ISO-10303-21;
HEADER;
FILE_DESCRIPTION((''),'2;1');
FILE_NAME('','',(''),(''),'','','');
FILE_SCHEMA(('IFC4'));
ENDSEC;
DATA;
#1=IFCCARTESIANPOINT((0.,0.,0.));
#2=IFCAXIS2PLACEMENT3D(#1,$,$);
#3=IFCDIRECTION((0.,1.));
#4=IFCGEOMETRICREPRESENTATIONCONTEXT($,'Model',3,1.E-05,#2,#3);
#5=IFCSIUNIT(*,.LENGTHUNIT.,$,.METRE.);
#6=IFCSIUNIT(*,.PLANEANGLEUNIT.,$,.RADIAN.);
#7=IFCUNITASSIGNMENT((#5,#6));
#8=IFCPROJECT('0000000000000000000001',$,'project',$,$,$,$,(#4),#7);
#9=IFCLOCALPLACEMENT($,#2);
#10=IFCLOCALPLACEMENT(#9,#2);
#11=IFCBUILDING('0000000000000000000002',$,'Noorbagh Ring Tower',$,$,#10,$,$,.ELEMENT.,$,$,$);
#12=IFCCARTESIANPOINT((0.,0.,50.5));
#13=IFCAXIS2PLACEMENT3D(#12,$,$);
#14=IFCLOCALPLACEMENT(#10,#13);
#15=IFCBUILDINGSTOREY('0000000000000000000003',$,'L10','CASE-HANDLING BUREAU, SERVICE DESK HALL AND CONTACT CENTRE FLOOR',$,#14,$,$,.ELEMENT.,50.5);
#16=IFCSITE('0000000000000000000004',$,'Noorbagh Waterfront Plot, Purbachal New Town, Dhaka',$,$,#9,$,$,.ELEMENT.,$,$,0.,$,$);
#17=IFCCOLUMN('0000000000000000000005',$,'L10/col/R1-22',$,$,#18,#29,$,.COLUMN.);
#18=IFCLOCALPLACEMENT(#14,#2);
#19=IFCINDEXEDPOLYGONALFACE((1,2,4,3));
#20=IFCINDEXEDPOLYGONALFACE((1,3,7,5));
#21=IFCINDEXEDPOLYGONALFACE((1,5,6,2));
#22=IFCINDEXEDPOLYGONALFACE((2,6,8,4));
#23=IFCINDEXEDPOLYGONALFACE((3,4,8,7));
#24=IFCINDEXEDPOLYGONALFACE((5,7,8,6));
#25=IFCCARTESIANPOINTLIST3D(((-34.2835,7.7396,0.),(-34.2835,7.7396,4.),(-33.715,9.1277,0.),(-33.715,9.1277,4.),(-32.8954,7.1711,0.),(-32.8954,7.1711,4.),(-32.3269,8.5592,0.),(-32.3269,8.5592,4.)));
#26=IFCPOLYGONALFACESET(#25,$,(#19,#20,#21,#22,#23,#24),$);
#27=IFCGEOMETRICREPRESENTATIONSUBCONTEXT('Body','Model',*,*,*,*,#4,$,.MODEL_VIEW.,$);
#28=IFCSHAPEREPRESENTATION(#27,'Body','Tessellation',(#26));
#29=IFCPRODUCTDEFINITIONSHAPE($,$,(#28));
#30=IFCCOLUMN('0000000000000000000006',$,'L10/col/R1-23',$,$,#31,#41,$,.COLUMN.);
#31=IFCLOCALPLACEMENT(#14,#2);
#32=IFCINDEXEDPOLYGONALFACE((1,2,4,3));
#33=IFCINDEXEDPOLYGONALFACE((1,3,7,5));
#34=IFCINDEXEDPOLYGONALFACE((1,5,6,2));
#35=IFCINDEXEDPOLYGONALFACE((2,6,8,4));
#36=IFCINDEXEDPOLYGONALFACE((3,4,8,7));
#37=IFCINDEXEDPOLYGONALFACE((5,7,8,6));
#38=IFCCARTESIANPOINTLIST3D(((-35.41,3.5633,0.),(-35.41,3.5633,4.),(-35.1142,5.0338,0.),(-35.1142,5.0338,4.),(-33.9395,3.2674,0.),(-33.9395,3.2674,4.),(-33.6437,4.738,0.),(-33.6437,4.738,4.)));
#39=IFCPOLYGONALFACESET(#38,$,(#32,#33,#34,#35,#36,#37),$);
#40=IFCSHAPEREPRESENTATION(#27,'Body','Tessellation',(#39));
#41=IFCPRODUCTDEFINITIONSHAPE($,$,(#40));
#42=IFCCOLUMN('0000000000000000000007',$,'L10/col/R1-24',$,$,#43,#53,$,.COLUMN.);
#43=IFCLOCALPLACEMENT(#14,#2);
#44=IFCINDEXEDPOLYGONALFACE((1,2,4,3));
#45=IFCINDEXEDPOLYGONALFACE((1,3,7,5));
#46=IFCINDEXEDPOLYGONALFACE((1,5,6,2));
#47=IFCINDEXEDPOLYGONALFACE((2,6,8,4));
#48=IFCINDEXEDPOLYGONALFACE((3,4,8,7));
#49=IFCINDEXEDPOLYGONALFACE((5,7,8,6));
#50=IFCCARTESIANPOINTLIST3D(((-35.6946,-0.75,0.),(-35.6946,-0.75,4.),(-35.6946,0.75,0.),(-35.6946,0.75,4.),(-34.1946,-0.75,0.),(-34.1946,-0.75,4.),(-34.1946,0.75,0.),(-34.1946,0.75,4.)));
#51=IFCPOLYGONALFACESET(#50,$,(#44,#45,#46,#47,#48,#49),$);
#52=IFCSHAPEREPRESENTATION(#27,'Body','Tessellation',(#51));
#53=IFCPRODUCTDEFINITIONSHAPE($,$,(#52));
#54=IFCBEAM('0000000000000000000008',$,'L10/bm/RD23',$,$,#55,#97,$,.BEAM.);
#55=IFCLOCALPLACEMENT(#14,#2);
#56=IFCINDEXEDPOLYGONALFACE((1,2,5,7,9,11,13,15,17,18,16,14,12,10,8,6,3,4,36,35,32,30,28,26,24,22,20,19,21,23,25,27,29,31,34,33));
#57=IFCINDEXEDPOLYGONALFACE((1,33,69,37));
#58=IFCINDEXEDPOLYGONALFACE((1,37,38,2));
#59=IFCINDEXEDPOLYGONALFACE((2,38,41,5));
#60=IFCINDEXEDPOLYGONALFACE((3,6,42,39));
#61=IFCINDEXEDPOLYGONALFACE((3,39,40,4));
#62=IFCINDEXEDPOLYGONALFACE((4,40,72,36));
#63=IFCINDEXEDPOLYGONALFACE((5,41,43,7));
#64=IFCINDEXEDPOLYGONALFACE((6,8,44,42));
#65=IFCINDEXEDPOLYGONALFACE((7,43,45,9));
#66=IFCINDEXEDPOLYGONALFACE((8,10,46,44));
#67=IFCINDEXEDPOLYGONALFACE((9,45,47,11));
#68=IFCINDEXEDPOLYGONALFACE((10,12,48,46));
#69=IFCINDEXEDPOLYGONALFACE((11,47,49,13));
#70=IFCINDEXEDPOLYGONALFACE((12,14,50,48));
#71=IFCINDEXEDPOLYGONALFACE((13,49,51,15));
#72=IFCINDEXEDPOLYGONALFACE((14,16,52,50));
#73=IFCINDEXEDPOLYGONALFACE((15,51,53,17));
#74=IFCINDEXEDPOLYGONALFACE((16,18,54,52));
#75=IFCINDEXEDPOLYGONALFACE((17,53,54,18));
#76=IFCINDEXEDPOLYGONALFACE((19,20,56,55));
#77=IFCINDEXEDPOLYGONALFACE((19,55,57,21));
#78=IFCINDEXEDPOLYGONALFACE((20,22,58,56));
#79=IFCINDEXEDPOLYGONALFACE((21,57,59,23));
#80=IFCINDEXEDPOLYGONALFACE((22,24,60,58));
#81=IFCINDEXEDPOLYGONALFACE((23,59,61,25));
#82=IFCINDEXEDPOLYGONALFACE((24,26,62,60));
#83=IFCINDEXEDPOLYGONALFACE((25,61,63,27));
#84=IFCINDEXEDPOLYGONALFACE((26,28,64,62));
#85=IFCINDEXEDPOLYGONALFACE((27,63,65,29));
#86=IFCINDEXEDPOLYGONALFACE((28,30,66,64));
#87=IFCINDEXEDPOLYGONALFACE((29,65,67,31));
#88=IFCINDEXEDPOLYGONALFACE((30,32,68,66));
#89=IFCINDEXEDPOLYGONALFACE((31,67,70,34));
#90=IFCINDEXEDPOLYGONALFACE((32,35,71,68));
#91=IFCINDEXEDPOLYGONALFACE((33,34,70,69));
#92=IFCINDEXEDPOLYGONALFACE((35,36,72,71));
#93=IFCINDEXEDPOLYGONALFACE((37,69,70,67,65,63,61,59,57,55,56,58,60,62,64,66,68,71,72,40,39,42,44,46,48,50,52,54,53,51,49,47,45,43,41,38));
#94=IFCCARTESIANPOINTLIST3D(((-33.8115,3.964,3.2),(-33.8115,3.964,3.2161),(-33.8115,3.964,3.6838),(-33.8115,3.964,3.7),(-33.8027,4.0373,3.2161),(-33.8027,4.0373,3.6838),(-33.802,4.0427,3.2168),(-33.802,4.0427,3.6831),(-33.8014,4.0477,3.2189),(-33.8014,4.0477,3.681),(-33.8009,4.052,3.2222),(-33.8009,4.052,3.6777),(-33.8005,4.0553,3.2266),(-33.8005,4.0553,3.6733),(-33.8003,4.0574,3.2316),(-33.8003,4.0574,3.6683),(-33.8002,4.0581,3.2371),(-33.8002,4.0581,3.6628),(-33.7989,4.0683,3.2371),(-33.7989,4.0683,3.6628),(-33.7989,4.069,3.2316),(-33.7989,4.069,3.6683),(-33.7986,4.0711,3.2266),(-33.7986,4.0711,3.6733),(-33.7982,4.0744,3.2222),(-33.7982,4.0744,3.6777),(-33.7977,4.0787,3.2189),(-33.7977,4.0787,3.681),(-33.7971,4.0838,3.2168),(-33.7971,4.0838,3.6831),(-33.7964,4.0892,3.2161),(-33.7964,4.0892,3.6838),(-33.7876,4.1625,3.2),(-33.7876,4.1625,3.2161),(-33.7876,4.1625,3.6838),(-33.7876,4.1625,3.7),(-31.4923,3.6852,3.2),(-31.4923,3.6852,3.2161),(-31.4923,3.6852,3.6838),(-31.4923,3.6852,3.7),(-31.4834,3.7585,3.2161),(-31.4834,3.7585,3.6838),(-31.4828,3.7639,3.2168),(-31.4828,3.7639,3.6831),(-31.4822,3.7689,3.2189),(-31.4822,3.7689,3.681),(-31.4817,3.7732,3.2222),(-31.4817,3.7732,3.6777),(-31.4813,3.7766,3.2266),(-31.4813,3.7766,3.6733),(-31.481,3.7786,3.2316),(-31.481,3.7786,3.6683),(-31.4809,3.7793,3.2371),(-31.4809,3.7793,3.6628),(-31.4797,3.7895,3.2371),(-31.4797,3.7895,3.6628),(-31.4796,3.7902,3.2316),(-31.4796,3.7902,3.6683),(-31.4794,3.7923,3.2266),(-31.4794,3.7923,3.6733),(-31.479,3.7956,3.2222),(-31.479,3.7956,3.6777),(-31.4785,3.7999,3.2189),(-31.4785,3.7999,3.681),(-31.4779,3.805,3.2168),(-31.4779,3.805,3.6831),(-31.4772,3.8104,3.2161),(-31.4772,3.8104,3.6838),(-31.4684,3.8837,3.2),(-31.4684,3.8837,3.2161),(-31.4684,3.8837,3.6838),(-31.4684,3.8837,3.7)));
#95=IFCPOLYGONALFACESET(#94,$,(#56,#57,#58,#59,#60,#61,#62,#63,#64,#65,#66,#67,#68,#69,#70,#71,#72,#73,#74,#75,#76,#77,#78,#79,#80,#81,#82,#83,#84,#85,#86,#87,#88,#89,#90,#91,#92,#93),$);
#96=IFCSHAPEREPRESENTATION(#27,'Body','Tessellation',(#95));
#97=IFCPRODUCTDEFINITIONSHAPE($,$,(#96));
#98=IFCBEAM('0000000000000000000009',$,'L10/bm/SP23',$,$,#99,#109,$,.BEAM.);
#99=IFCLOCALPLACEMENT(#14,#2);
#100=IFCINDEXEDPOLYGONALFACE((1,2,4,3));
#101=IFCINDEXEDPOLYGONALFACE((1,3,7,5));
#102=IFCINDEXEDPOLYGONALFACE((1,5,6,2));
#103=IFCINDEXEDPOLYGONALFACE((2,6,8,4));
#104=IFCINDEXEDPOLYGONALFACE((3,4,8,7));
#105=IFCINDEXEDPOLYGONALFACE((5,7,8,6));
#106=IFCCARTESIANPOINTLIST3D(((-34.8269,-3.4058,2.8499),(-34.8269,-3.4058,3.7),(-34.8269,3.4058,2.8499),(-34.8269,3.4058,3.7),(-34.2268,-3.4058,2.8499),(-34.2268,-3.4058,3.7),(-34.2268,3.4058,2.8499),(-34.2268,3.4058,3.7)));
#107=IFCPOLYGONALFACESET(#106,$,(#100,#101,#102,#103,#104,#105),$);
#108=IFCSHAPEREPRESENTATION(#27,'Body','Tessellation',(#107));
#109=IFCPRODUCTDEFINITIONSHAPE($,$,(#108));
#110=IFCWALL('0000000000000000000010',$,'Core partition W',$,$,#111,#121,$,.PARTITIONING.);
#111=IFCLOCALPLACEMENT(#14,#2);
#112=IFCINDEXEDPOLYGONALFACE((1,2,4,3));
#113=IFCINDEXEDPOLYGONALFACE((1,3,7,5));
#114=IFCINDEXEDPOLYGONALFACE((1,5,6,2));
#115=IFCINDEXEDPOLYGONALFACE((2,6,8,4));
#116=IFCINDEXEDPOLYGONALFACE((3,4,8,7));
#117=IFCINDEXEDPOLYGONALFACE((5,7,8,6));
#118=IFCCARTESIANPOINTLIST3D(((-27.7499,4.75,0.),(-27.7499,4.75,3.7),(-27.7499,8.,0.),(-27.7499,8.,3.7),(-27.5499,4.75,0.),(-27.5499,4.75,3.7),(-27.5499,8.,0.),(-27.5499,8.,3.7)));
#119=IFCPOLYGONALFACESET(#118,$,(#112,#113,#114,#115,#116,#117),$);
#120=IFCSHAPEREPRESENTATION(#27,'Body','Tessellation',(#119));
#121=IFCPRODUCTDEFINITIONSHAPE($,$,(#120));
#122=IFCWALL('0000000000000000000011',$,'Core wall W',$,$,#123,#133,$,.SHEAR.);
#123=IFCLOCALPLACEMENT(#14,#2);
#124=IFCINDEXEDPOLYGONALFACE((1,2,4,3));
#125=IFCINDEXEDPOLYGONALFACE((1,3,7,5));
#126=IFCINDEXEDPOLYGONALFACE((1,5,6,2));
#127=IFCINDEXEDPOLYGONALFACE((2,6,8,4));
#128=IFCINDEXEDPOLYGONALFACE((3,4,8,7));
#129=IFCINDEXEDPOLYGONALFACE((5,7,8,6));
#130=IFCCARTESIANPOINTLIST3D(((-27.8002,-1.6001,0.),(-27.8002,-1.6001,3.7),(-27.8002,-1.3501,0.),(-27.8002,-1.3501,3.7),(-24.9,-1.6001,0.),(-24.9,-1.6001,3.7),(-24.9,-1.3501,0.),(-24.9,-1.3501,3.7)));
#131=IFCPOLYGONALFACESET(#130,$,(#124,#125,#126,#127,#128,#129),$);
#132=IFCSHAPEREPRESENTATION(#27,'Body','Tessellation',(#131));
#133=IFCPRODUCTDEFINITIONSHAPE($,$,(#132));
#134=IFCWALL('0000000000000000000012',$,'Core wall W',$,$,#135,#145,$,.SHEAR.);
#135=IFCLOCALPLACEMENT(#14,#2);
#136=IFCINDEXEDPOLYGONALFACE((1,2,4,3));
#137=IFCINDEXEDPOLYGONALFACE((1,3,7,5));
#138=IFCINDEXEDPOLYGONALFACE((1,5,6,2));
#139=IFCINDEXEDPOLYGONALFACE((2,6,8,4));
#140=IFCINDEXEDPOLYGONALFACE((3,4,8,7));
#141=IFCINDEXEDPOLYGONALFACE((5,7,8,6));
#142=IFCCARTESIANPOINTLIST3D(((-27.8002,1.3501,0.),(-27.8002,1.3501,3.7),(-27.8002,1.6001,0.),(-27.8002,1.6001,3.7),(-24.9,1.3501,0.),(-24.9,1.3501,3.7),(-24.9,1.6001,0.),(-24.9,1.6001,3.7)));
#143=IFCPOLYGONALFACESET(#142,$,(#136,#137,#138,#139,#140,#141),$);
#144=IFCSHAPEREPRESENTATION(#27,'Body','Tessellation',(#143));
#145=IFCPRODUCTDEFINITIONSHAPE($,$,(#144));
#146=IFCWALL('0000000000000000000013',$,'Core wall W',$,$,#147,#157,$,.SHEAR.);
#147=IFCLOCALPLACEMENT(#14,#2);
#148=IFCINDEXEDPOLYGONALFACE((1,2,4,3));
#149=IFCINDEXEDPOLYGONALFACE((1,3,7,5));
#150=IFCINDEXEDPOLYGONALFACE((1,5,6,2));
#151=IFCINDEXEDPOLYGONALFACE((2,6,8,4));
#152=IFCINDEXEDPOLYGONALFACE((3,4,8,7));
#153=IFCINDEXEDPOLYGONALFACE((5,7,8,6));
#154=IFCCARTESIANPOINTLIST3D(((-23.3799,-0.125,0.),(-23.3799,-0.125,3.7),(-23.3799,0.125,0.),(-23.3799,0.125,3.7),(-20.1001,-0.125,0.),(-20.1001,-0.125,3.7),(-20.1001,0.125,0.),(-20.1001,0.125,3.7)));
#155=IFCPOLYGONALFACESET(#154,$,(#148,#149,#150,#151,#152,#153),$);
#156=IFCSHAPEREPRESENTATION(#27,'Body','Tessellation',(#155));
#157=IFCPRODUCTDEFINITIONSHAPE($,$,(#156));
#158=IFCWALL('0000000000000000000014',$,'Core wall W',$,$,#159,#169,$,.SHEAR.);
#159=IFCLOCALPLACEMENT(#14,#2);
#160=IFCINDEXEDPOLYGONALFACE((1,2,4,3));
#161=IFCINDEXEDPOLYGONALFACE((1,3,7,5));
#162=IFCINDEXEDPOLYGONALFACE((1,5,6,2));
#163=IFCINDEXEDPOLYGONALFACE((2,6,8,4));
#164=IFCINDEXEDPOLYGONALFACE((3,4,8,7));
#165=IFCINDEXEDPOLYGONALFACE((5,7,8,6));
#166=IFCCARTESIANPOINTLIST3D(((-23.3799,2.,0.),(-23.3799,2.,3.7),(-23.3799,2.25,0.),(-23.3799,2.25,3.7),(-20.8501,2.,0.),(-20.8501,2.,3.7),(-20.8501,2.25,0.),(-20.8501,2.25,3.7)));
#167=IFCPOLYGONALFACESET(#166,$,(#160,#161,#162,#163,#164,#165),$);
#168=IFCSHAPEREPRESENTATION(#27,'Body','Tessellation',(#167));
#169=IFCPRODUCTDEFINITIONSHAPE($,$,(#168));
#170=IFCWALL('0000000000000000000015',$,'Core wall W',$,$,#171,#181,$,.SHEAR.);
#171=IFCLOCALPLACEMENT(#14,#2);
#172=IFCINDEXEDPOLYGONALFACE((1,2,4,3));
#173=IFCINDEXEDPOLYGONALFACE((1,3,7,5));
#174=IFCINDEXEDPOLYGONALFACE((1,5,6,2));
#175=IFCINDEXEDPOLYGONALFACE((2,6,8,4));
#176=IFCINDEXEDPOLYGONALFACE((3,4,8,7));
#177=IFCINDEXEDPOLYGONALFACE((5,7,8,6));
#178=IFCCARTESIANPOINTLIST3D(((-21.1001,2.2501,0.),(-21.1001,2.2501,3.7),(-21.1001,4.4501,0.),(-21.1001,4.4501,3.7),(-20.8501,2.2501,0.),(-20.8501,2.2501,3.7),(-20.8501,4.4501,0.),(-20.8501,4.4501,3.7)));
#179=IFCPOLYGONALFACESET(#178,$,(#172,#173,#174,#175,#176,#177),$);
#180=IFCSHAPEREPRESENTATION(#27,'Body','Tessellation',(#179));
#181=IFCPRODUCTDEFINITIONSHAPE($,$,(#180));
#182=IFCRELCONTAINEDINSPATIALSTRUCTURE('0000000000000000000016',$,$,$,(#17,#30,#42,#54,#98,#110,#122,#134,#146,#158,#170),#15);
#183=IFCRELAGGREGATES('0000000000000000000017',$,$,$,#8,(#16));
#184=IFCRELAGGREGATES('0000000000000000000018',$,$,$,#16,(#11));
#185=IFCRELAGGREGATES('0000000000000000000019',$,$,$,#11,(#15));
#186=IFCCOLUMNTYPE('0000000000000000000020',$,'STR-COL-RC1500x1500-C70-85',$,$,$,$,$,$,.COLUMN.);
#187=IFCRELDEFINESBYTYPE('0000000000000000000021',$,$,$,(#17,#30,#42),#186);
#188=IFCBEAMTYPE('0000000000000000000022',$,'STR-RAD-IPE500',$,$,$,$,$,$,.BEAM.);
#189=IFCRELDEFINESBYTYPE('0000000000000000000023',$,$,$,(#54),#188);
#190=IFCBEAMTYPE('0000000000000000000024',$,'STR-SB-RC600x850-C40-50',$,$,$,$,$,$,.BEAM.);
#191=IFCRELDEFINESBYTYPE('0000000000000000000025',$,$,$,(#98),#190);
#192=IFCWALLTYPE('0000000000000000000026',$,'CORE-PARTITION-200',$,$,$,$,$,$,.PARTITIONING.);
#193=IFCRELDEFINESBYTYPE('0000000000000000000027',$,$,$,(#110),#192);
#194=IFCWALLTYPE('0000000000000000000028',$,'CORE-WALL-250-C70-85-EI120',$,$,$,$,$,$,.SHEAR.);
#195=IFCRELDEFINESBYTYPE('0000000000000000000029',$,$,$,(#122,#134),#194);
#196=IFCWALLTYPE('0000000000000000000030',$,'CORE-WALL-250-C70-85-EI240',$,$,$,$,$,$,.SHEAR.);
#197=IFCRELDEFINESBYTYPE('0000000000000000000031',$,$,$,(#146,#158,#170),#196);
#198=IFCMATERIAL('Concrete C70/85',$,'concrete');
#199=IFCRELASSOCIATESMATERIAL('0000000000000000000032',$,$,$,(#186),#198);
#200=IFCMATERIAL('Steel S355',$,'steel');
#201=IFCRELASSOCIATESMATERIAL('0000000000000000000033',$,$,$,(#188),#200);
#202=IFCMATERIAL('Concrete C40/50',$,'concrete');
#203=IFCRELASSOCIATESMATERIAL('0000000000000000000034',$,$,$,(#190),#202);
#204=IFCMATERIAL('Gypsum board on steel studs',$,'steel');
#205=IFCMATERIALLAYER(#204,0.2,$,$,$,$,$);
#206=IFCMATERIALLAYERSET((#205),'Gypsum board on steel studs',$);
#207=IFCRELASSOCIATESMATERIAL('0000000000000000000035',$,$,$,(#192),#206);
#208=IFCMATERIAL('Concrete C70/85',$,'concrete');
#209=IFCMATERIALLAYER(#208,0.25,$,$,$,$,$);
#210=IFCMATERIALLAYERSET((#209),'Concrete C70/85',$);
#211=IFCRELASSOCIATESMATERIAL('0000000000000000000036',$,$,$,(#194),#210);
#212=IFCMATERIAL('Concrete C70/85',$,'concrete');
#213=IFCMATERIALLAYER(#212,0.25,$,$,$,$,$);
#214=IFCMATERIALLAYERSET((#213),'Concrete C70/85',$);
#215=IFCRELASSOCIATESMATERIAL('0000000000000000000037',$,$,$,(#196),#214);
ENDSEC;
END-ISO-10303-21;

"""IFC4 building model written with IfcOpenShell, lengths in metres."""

from ifc_helpers import new_model, si_unit, direction, frame, frame_2d, origin, origin_2d, place, context, subcontext, project, spatial, rectangle, i_section, extrude, material, layer, layer_set, material_profile, profile_set, type_object, element, save


model = new_model("IFC4")

# Units and contexts
model_context = context("Model", 3, precision=1e-05, world=origin(), true_north=direction((0.0, 1.0)))
body_context = subcontext(model_context, "Body", "Model", "MODEL_VIEW")
ifc_project = project(units=[si_unit("LENGTHUNIT", "METRE"), si_unit("PLANEANGLEUNIT", "RADIAN")], contexts=[model_context])

# Site, building, storey
site_placement = place(None, origin())
site = spatial("IfcSite", under=ifc_project, at=site_placement, Name="Noorbagh Waterfront Plot, Purbachal New Town, Dhaka", CompositionType="ELEMENT", RefElevation=0.0)
building_placement = place(site_placement, origin())
building = spatial("IfcBuilding", under=site, at=building_placement, Name="Noorbagh Ring Tower", CompositionType="ELEMENT")
storey_placement = place(building_placement, frame((0.0, 0.0, 50.5)))
storey = spatial("IfcBuildingStorey", under=building, at=storey_placement, Name="L10", Description="CASE-HANDLING BUREAU, SERVICE DESK HALL AND CONTACT CENTRE FLOOR", CompositionType="ELEMENT", Elevation=50.5)

# Columns
ifc_material_1 = material(Name="Concrete C70/85", Category="concrete")
ifc_material_profile_1 = material_profile(ifc_material_1, rectangle(XDim=1.5, YDim=1.5, at=origin_2d()), Name="RC1500x1500")
ifc_profile_set_1 = profile_set([ifc_material_profile_1], Name="Concrete C70/85")
column_type = type_object("IfcColumnType", Name="STR-COL-RC1500x1500-C70-85", PredefinedType="COLUMN", material=ifc_profile_set_1)
for number, where, z_axis, x_axis, name in (
    (1, (-33.3052, 8.1494, 0.0), (0.0, 0.0, 1.0), (-0.378989, -0.925401, 0.0), "L10/col/R1-22"),
    (2, (-34.5269, 4.1506, 0.0), (0.0, 0.0, 1.0), (-0.19723, -0.980357, 0.0), "L10/col/R1-23"),
    (3, (-34.9446, 0.0, 0.0), (0.0, 0.0, 1.0), (0.0, -1.0, 0.0), "L10/col/R1-24"),
):
    element("IfcColumn", number, at=place(storey_placement, frame(where, z_axis=z_axis, x_axis=x_axis)), inside=storey, type_object=column_type, Name=name, PredefinedType="COLUMN", context=body_context, shape_type="SweptSolid", body=[
        extrude(rectangle(XDim=1.5, YDim=1.5, at=origin_2d()), origin(), (0.0, 0.0, 1.0), 4.0),
    ])

# Beams
ifc_material_2 = material(Name="Steel S355", Category="steel")
ifc_material_profile_2 = material_profile(ifc_material_2, i_section(OverallWidth=0.2, OverallDepth=0.5, WebThickness=0.0103, FlangeThickness=0.0161, FilletRadius=0.021, at=origin_2d()), Name="IPE500")
ifc_profile_set_2 = profile_set([ifc_material_profile_2], Name="Steel S355")
beam_type_1 = type_object("IfcBeamType", Name="STR-RAD-IPE500", PredefinedType="BEAM", material=ifc_profile_set_2)
beam_1_placement = place(storey_placement, frame((-33.7996, 4.0632, 3.45), z_axis=(0.992852, -0.119351, 0.0), x_axis=(0.119351, 0.992852, 0.0)))
element("IfcBeam", 4, at=beam_1_placement, inside=storey, type_object=beam_type_1, Name="L10/bm/RD23", PredefinedType="BEAM", context=body_context, shape_type="SweptSolid", body=[
    extrude(i_section(OverallWidth=0.2, OverallDepth=0.5, WebThickness=0.0103, FlangeThickness=0.0161, FilletRadius=0.021, at=origin_2d()), origin(), (0.0, 0.0, 1.0), 2.3359),
])
ifc_material_3 = material(Name="Concrete C40/50", Category="concrete")
ifc_material_profile_3 = material_profile(ifc_material_3, rectangle(XDim=0.6001, YDim=0.8501, at=origin_2d()), Name="RC600x850")
ifc_profile_set_3 = profile_set([ifc_material_profile_3], Name="Concrete C40/50")
beam_type_2 = type_object("IfcBeamType", Name="STR-SB-RC600x850-C40-50", PredefinedType="BEAM", material=ifc_profile_set_3)
beam_2_placement = place(storey_placement, frame((-34.5269, 3.4058, 3.2749), z_axis=(0.0, -1.0, 0.0), x_axis=(1.0, 0.0, 0.0)))
element("IfcBeam", 5, at=beam_2_placement, inside=storey, type_object=beam_type_2, Name="L10/bm/SP23", PredefinedType="BEAM", context=body_context, shape_type="SweptSolid", body=[
    extrude(rectangle(XDim=0.6001, YDim=0.8501, at=origin_2d()), origin(), (0.0, 0.0, 1.0), 6.8115),
])

# Walls
ifc_material_4 = material(Name="Gypsum board on steel studs", Category="steel")
ifc_layer_1 = layer(ifc_material_4, 0.2)
ifc_layer_set_1 = layer_set([ifc_layer_1], Name="Gypsum board on steel studs")
wall_type_1 = type_object("IfcWallType", Name="CORE-PARTITION-200", PredefinedType="PARTITIONING", material=ifc_layer_set_1)
wall_1_placement = place(storey_placement, frame((-27.6499, 4.75, 0.0), z_axis=(0.0, 0.0, 1.0), x_axis=(0.0, 1.0, 0.0)))
element("IfcWall", 6, at=wall_1_placement, inside=storey, type_object=wall_type_1, Name="Core partition W", PredefinedType="PARTITIONING", context=body_context, shape_type="SweptSolid", body=[
    extrude(rectangle(XDim=3.25, YDim=0.2, at=frame_2d((1.625, 0.0))), origin(), (0.0, 0.0, 1.0), 3.7),
])
ifc_material_5 = material(Name="Concrete C70/85", Category="concrete")
ifc_layer_2 = layer(ifc_material_5, 0.25)
ifc_layer_set_2 = layer_set([ifc_layer_2], Name="Concrete C70/85")
wall_type_2 = type_object("IfcWallType", Name="CORE-WALL-250-C70-85-EI120", PredefinedType="SHEAR", material=ifc_layer_set_2)
for number, where, z_axis, x_axis, name in (
    (7, (-24.8999, -1.4751, 0.0), (0.0, 0.0, 1.0), (-1.0, 0.0, 0.0), "Core wall W"),
    (8, (-24.8999, 1.4751, 0.0), (0.0, 0.0, 1.0), (-1.0, 0.0, 0.0), "Core wall W"),
):
    element("IfcWall", number, at=place(storey_placement, frame(where, z_axis=z_axis, x_axis=x_axis)), inside=storey, type_object=wall_type_2, Name=name, PredefinedType="SHEAR", context=body_context, shape_type="SweptSolid", body=[
        extrude(rectangle(XDim=2.9001, YDim=0.25, at=frame_2d((1.4502, 0.0))), origin(), (0.0, 0.0, 1.0), 3.7),
    ])
ifc_material_6 = material(Name="Concrete C70/85", Category="concrete")
ifc_layer_3 = layer(ifc_material_6, 0.25)
ifc_layer_set_3 = layer_set([ifc_layer_3], Name="Concrete C70/85")
wall_type_3 = type_object("IfcWallType", Name="CORE-WALL-250-C70-85-EI240", PredefinedType="SHEAR", material=ifc_layer_set_3)
wall_2_placement = place(storey_placement, frame((-20.1001, 0.0, 0.0), z_axis=(0.0, 0.0, 1.0), x_axis=(-1.0, 0.0, 0.0)))
element("IfcWall", 9, at=wall_2_placement, inside=storey, type_object=wall_type_3, Name="Core wall W", PredefinedType="SHEAR", context=body_context, shape_type="SweptSolid", body=[
    extrude(rectangle(XDim=3.2798, YDim=0.25, at=frame_2d((1.6399, 0.0))), origin(), (0.0, 0.0, 1.0), 3.7),
])
wall_3_placement = place(storey_placement, frame((-20.8501, 2.125, 0.0), z_axis=(0.0, 0.0, 1.0), x_axis=(-1.0, 0.0, 0.0)))
element("IfcWall", 10, at=wall_3_placement, inside=storey, type_object=wall_type_3, Name="Core wall W", PredefinedType="SHEAR", context=body_context, shape_type="SweptSolid", body=[
    extrude(rectangle(XDim=2.5298, YDim=0.25, at=frame_2d((1.2649, 0.0))), origin(), (0.0, 0.0, 1.0), 3.7),
])
wall_4_placement = place(storey_placement, frame((-20.9751, 2.25, 0.0), z_axis=(0.0, 0.0, 1.0), x_axis=(0.0, 1.0, 0.0)))
element("IfcWall", 11, at=wall_4_placement, inside=storey, type_object=wall_type_3, Name="Core wall W", PredefinedType="SHEAR", context=body_context, shape_type="SweptSolid", body=[
    extrude(rectangle(XDim=2.2, YDim=0.25, at=frame_2d((1.1001, 0.0))), origin(), (0.0, 0.0, 1.0), 3.7),
])

save(model, "model.ifc")
